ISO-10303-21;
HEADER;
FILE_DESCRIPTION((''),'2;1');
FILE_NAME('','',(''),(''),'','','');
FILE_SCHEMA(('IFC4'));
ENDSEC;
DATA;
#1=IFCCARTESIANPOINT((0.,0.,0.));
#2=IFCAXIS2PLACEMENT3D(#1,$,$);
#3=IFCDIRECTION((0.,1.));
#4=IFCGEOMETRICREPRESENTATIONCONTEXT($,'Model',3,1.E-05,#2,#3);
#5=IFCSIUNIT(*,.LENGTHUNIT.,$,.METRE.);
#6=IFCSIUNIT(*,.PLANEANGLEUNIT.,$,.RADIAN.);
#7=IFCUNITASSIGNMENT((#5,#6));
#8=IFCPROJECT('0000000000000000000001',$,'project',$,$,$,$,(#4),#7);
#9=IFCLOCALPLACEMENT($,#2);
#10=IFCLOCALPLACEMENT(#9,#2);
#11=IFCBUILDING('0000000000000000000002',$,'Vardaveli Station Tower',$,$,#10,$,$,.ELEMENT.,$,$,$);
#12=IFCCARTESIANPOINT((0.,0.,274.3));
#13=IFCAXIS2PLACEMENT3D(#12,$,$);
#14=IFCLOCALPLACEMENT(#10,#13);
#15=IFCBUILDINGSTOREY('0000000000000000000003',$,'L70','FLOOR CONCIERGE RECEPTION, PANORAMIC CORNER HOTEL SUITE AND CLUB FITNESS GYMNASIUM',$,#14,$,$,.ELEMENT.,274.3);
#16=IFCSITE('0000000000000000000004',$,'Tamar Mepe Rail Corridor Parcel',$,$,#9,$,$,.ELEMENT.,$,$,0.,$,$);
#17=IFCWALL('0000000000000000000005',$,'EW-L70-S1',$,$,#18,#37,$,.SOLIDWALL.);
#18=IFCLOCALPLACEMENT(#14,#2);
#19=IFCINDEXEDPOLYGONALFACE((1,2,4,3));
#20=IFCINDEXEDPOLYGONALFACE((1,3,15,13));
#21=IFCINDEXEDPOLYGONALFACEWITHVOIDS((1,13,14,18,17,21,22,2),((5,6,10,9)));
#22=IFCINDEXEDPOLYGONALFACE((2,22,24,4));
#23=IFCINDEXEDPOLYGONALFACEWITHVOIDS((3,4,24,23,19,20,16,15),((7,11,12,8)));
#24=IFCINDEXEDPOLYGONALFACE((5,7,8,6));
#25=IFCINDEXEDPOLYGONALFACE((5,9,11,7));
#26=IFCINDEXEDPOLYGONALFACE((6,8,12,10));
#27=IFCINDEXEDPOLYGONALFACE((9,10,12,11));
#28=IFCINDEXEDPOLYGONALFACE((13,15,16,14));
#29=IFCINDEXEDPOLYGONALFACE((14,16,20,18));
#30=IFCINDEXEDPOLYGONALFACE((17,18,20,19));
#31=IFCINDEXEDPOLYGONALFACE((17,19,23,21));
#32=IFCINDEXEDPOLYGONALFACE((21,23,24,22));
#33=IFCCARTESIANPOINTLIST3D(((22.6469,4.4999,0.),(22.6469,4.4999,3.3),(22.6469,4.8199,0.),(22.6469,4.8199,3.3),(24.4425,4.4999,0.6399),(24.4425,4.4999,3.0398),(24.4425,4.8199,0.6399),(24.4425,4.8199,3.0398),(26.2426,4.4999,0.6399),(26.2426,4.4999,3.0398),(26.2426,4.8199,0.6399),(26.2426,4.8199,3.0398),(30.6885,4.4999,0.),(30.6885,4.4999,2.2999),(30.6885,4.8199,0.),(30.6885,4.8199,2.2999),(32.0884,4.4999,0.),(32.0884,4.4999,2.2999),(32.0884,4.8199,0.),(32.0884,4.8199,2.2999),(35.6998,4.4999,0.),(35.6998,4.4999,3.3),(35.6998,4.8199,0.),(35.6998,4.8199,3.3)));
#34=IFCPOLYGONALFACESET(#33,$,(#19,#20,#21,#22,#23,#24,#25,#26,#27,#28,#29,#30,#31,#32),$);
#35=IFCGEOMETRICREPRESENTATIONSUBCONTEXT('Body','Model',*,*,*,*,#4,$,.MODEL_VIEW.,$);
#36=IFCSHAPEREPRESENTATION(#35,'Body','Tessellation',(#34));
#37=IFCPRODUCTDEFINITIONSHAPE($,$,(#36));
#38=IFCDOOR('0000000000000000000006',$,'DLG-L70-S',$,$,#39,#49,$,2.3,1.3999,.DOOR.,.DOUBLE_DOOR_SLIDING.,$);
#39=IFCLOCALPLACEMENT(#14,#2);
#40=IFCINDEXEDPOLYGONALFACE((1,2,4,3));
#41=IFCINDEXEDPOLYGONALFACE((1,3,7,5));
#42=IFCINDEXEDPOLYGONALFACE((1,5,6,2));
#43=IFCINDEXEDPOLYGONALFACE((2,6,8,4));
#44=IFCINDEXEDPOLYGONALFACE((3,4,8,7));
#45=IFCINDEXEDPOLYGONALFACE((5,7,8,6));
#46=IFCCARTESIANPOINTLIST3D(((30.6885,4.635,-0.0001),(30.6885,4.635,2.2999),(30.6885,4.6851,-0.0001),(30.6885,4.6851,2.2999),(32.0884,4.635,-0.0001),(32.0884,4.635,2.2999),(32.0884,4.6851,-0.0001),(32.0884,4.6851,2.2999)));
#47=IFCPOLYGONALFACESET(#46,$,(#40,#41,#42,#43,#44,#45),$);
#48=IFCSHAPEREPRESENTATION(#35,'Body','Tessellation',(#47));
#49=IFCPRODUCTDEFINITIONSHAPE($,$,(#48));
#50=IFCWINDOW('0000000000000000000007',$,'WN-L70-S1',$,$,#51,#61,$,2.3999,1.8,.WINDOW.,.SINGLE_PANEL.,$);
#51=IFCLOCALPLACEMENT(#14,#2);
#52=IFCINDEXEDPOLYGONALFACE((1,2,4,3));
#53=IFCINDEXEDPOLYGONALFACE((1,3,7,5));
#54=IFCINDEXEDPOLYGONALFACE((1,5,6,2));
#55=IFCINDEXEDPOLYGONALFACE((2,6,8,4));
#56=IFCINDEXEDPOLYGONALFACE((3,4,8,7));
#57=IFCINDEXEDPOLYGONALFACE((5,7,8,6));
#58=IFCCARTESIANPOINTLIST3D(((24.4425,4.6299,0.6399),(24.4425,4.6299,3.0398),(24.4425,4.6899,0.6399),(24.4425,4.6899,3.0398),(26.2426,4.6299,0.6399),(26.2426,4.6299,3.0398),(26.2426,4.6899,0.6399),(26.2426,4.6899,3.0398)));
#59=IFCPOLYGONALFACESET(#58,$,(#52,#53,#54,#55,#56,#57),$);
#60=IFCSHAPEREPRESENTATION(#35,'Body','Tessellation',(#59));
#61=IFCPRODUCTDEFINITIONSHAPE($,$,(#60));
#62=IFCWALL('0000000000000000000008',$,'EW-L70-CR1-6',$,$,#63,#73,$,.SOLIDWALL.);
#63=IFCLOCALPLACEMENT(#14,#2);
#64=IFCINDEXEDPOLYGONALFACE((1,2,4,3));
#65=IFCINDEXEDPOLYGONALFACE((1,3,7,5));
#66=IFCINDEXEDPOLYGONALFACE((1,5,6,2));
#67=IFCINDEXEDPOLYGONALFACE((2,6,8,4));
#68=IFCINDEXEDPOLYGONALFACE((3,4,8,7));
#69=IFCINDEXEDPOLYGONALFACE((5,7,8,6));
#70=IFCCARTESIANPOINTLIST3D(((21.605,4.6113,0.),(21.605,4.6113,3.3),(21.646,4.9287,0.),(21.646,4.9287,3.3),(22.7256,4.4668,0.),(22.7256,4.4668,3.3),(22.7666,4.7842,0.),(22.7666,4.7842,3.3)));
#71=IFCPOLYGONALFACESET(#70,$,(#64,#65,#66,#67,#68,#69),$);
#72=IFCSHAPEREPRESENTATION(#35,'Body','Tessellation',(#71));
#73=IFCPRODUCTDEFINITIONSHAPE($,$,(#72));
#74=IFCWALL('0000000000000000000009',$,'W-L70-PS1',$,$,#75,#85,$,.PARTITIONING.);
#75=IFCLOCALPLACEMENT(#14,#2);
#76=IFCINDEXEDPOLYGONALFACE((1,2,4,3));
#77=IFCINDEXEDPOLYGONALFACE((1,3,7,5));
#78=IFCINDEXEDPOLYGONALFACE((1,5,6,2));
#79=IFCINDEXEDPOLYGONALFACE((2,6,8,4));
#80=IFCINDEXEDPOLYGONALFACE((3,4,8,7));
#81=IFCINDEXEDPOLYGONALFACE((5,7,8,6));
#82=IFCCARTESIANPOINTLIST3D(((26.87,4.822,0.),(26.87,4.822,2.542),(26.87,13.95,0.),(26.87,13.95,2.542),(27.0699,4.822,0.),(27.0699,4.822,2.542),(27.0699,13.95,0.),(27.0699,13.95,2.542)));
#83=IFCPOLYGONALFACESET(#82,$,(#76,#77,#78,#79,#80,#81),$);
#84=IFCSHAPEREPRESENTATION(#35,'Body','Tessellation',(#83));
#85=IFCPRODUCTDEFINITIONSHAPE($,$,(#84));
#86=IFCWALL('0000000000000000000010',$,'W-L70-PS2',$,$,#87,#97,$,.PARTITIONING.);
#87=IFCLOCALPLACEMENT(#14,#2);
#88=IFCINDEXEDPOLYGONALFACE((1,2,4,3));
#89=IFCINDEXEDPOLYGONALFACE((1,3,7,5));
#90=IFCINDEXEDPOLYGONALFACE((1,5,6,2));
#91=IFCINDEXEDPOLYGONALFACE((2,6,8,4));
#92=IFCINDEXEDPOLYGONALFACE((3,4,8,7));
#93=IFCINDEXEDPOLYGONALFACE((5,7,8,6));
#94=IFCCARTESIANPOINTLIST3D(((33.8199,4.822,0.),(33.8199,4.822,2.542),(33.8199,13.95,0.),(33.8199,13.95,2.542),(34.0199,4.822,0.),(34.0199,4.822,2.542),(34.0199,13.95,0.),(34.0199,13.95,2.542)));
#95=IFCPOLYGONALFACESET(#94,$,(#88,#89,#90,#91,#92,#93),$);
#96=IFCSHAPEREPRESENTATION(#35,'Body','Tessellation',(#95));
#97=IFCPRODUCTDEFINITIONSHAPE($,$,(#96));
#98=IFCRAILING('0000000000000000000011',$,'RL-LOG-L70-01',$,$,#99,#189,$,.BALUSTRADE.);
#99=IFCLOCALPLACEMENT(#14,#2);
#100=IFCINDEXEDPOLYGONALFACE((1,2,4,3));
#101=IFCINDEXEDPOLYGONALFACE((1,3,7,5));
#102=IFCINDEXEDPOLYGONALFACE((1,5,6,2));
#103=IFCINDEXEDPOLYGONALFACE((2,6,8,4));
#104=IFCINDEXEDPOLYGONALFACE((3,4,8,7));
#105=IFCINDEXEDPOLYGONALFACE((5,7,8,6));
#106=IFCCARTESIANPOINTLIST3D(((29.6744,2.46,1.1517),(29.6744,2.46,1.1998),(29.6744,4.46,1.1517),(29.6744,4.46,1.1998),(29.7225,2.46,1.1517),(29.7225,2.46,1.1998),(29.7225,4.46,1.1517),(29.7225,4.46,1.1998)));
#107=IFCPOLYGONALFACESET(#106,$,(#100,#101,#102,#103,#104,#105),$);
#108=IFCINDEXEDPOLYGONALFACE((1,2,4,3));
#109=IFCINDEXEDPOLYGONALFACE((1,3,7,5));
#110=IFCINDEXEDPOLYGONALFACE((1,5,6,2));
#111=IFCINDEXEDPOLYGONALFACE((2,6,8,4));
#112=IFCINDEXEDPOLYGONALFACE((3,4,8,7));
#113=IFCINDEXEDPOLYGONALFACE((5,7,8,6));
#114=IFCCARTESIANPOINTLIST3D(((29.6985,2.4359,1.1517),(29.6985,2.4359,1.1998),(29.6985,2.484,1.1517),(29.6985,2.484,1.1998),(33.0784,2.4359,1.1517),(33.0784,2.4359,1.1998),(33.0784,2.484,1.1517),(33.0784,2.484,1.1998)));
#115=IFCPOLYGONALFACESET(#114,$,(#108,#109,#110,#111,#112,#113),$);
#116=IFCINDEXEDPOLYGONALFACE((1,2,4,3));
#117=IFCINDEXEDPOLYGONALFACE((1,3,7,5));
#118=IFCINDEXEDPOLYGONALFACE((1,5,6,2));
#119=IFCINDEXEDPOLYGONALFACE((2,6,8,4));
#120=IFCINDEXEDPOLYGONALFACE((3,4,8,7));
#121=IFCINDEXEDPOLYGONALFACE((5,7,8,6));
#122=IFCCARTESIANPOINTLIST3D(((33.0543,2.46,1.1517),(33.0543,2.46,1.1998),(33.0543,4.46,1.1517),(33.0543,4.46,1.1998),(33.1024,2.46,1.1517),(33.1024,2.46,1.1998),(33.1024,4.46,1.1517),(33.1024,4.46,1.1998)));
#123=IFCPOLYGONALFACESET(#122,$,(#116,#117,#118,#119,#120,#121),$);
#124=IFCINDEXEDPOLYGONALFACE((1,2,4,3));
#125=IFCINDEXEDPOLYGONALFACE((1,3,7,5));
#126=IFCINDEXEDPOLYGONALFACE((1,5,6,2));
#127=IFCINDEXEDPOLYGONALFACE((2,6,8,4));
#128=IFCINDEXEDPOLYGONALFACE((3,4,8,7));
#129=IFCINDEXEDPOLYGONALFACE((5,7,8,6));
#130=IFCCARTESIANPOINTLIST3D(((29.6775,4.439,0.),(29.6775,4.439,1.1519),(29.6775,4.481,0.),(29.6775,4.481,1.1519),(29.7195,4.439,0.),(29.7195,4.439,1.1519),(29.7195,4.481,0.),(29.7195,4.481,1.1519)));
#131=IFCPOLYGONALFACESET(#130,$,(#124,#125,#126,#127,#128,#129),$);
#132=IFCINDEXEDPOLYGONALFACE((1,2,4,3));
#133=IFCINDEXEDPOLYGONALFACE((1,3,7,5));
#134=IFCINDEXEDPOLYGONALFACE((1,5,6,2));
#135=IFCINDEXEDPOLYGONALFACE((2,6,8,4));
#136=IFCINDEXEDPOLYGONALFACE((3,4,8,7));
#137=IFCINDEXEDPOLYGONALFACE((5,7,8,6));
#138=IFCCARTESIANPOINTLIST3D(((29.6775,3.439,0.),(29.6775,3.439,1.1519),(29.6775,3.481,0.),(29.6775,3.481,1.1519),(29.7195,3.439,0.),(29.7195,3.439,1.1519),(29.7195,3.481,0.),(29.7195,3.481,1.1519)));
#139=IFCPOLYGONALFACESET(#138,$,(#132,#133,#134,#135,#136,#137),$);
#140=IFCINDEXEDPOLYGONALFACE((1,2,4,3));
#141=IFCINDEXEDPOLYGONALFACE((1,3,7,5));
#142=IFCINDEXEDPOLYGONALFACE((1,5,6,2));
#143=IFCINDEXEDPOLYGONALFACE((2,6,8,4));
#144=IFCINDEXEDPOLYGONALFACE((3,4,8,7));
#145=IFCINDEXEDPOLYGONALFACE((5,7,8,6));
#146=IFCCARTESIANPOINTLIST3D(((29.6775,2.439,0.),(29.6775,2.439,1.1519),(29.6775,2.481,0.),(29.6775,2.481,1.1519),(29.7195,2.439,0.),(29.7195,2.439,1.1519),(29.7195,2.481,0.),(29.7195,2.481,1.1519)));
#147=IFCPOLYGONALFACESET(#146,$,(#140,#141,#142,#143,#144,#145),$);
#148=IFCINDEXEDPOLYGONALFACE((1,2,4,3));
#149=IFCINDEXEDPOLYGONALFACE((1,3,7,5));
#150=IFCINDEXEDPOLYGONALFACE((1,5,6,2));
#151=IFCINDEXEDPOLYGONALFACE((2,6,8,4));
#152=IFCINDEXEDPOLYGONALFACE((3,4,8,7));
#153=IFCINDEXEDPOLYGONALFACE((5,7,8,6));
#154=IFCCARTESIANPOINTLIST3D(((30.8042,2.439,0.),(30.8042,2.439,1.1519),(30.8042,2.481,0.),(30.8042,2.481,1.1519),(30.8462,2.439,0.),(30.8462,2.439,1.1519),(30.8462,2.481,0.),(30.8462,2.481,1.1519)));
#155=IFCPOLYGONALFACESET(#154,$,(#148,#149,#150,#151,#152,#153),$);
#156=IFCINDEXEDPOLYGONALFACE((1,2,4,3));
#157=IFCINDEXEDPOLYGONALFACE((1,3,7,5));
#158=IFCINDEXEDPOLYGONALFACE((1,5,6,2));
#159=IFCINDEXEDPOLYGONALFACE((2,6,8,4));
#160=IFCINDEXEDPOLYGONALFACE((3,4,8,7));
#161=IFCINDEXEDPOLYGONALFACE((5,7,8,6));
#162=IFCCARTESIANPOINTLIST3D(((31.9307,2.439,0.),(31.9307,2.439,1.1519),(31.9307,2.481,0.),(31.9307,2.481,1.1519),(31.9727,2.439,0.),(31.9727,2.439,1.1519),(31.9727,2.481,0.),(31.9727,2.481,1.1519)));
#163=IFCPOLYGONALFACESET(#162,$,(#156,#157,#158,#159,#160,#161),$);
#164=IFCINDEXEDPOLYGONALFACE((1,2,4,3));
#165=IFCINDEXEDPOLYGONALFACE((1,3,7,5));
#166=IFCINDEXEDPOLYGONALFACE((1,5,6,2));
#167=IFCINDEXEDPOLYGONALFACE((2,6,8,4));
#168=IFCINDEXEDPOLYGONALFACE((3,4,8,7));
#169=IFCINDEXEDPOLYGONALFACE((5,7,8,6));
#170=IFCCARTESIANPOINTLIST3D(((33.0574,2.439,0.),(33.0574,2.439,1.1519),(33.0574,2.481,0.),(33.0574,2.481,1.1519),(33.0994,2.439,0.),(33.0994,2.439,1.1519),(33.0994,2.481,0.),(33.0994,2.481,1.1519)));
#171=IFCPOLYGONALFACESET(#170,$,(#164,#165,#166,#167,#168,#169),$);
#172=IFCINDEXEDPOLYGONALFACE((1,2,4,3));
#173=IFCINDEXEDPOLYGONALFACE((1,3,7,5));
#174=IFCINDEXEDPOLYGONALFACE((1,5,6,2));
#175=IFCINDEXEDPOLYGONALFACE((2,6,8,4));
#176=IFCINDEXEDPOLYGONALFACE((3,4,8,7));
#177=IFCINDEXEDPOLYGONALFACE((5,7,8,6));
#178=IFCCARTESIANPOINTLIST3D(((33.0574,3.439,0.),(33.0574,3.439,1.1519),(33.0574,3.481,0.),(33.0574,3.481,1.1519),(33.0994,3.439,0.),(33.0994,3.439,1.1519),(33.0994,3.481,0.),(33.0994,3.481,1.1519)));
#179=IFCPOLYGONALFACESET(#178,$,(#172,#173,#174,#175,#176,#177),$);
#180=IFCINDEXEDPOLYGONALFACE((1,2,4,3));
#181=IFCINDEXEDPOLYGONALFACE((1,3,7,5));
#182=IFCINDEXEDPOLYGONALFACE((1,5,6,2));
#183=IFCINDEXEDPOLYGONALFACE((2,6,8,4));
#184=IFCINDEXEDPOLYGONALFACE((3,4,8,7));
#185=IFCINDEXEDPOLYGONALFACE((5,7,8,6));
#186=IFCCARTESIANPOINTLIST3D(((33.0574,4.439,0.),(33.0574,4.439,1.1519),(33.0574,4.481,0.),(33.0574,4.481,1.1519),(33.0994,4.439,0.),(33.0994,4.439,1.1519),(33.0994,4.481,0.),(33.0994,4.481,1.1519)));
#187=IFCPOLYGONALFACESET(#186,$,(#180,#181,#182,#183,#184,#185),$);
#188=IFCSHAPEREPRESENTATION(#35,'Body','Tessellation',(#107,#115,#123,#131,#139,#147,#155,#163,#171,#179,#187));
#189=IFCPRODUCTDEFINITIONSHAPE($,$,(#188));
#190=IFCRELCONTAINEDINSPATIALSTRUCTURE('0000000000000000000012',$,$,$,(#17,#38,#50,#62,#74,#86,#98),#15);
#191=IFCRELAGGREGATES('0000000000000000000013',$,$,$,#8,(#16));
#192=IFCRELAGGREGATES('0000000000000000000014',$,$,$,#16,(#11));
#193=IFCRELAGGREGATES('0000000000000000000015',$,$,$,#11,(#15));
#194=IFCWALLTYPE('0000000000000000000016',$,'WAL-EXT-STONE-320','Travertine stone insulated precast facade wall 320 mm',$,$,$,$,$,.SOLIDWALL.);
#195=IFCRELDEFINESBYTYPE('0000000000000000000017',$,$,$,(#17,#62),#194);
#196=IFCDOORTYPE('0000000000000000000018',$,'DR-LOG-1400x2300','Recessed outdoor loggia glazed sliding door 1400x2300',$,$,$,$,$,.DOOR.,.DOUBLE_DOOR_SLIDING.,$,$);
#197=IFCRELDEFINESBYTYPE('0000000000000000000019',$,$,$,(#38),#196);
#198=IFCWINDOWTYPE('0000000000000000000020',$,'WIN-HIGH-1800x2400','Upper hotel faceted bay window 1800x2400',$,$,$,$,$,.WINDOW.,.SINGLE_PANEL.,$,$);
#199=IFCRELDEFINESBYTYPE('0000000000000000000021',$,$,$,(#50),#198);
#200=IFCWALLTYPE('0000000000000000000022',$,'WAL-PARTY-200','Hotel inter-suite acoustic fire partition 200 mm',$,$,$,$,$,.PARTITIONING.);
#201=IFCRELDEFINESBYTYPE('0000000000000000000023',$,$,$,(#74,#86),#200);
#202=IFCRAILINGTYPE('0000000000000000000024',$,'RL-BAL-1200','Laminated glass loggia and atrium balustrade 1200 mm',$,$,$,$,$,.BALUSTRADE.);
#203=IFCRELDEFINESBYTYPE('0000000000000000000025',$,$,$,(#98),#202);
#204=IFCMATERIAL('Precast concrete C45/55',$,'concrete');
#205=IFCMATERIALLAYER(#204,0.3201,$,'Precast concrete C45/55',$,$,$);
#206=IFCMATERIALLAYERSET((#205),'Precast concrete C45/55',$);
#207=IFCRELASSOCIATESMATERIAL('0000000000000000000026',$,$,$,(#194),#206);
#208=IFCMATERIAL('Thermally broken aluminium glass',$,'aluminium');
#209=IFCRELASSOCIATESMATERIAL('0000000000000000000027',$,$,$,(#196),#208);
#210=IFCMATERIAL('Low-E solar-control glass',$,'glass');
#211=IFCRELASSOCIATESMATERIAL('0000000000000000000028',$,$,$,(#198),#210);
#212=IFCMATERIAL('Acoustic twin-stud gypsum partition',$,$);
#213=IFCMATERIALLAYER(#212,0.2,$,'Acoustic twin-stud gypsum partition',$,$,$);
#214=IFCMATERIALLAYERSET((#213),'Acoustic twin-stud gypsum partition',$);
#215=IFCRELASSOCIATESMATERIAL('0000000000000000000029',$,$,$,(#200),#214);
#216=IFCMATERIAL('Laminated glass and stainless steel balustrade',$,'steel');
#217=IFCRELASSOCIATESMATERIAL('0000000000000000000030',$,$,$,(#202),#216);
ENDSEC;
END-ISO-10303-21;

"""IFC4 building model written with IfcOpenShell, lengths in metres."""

from ifc_helpers import new_model, si_unit, direction, frame, frame_2d, origin, origin_2d, place, context, subcontext, project, spatial, rectangle, extrude, source, transform, mapped, material, layer, layer_set, type_object, element, fill, save


model = new_model("IFC4")

# Units and contexts
model_context = context("Model", 3, precision=1e-05, world=origin(), true_north=direction((0.0, 1.0)))
body_context = subcontext(model_context, "Body", "Model", "MODEL_VIEW")
ifc_project = project(units=[si_unit("LENGTHUNIT", "METRE"), si_unit("PLANEANGLEUNIT", "RADIAN")], contexts=[model_context])

# Site, building, storey
site_placement = place(None, origin())
site = spatial("IfcSite", under=ifc_project, at=site_placement, Name="Tamar Mepe Rail Corridor Parcel", CompositionType="ELEMENT", RefElevation=0.0)
building_placement = place(site_placement, origin())
building = spatial("IfcBuilding", under=site, at=building_placement, Name="Vardaveli Station Tower", CompositionType="ELEMENT")
storey_placement = place(building_placement, frame((0.0, 0.0, 274.3)))
storey = spatial("IfcBuildingStorey", under=building, at=storey_placement, Name="L70", Description="FLOOR CONCIERGE RECEPTION, PANORAMIC CORNER HOTEL SUITE AND CLUB FITNESS GYMNASIUM", CompositionType="ELEMENT", Elevation=274.3)

# Shared definitions
ifc_material_1 = material(Name="Precast concrete C45/55", Category="concrete")

# Wall, openings, door, window
ifc_layer_1 = layer(ifc_material_1, 0.3201, Name="Precast concrete C45/55")
ifc_layer_set_1 = layer_set([ifc_layer_1], Name="Precast concrete C45/55")
wall_type_1 = type_object("IfcWallType", Name="WAL-EXT-STONE-320", Description="Travertine stone insulated precast facade wall 320 mm", PredefinedType="SOLIDWALL", material=ifc_layer_set_1)
shared_shape_1 = source(origin(), body_context, "Body", "SweptSolid", [
    extrude(rectangle(XDim=13.053, YDim=0.3201, at=frame_2d((6.5264, 0.0))), origin(), (0.0, 0.0, 1.0), 3.3),
])
wall_1_placement = place(storey_placement, frame((22.647, 4.6599, 0.0), z_axis=(0.0, 0.0, 1.0), x_axis=(1.0, 0.0, 0.0)))
wall_1 = element("IfcWall", 1, at=wall_1_placement, inside=storey, type_object=wall_type_1, Name="EW-L70-S1", PredefinedType="SOLIDWALL", context=body_context, shape_type="MappedRepresentation", body=[
    mapped(shared_shape_1, transform((0.0, 0.0, 0.0), scale=1.0)),
])
shared_shape_2 = source(origin(), body_context, "Body", "SweptSolid", [
    extrude(rectangle(XDim=1.3999, YDim=2.3, at=frame_2d((0.7, 1.1499))), frame((0.0, 0.1699, 0.0), z_axis=(0.0, -1.0, 0.0), x_axis=(1.0, 0.0, 0.0)), (0.0, 0.0, 1.0), 0.3401),
])
opening_1_placement = place(wall_1_placement, frame((8.0415, 0.0, 0.0)))
opening_1 = element("IfcOpeningElement", 2, at=opening_1_placement, cuts=wall_1, PredefinedType="OPENING", context=body_context, shape_type="MappedRepresentation", body=[
    mapped(shared_shape_2, transform((0.0, 0.0, 0.0), scale=1.0)),
])
shared_shape_3 = source(origin(), body_context, "Body", "SweptSolid", [
    extrude(rectangle(XDim=1.8, YDim=2.3999, at=frame_2d((0.8999, 1.2))), frame((0.0, 0.1699, 0.0), z_axis=(0.0, -1.0, 0.0), x_axis=(1.0, 0.0, 0.0)), (0.0, 0.0, 1.0), 0.3401),
])
opening_2_placement = place(wall_1_placement, frame((1.7957, 0.0, 0.6399)))
opening_2 = element("IfcOpeningElement", 3, at=opening_2_placement, cuts=wall_1, PredefinedType="OPENING", context=body_context, shape_type="MappedRepresentation", body=[
    mapped(shared_shape_3, transform((0.0, 0.0, 0.0), scale=1.0)),
])
ifc_material_2 = material(Name="Thermally broken aluminium glass", Category="aluminium")
door_type = type_object("IfcDoorType", Name="DR-LOG-1400x2300", Description="Recessed outdoor loggia glazed sliding door 1400x2300", OperationType="DOUBLE_DOOR_SLIDING", PredefinedType="DOOR", material=ifc_material_2)
shared_shape_4 = source(origin(), body_context, "Body", "SweptSolid", [
    extrude(rectangle(XDim=1.3999, YDim=2.3, at=frame_2d((0.7, 1.1499))), frame((0.0, 0.0249, 0.0), z_axis=(0.0, -1.0, 0.0), x_axis=(1.0, 0.0, 0.0)), (0.0, 0.0, 1.0), 0.05),
])
door_placement = place(opening_1_placement, frame((1.3999, 0.0, 0.0), z_axis=(0.0, 0.0, 1.0), x_axis=(-1.0, 0.0, 0.0)))
door = element("IfcDoor", 4, at=door_placement, inside=storey, type_object=door_type, Name="DLG-L70-S", OperationType="DOUBLE_DOOR_SLIDING", OverallHeight=2.3, OverallWidth=1.3999, PredefinedType="DOOR", context=body_context, shape_type="MappedRepresentation", body=[
    mapped(shared_shape_4, transform((0.0, 0.0, 0.0), scale=1.0)),
])
fill(opening_1, door)
ifc_material_3 = material(Name="Low-E solar-control glass", Category="glass")
window_type = type_object("IfcWindowType", Name="WIN-HIGH-1800x2400", Description="Upper hotel faceted bay window 1800x2400", PartitioningType="SINGLE_PANEL", PredefinedType="WINDOW", material=ifc_material_3)
shared_shape_5 = source(origin(), body_context, "Body", "SweptSolid", [
    extrude(rectangle(XDim=1.8, YDim=2.3999, at=frame_2d((0.8999, 1.2))), frame((0.0, 0.03, 0.0), z_axis=(0.0, -1.0, 0.0), x_axis=(1.0, 0.0, 0.0)), (0.0, 0.0, 1.0), 0.0601),
])
window_placement = place(opening_2_placement, origin())
window = element("IfcWindow", 5, at=window_placement, inside=storey, type_object=window_type, Name="WN-L70-S1", OverallHeight=2.3999, OverallWidth=1.8, PartitioningType="SINGLE_PANEL", PredefinedType="WINDOW", context=body_context, shape_type="MappedRepresentation", body=[
    mapped(shared_shape_5, transform((0.0, 0.0, 0.0), scale=1.0)),
])
fill(opening_2, window)

# Walls
shared_shape_6 = source(origin(), body_context, "Body", "SweptSolid", [
    extrude(rectangle(XDim=1.1299, YDim=0.3201, at=frame_2d((0.5649, 0.0))), origin(), (0.0, 0.0, 1.0), 3.3),
])
wall_2_placement = place(storey_placement, frame((21.6255, 4.77, 0.0), z_axis=(0.0, 0.0, 1.0), x_axis=(0.991785, -0.127916, 0.0)))
element("IfcWall", 6, at=wall_2_placement, inside=storey, type_object=wall_type_1, Name="EW-L70-CR1-6", PredefinedType="SOLIDWALL", context=body_context, shape_type="MappedRepresentation", body=[
    mapped(shared_shape_6, transform((0.0, 0.0, 0.0), scale=1.0)),
])
ifc_material_4 = material(Name="Acoustic twin-stud gypsum partition")
ifc_layer_2 = layer(ifc_material_4, 0.2, Name="Acoustic twin-stud gypsum partition")
ifc_layer_set_2 = layer_set([ifc_layer_2], Name="Acoustic twin-stud gypsum partition")
wall_type_2 = type_object("IfcWallType", Name="WAL-PARTY-200", Description="Hotel inter-suite acoustic fire partition 200 mm", PredefinedType="PARTITIONING", material=ifc_layer_set_2)
shared_shape_7 = source(origin(), body_context, "Body", "SweptSolid", [
    extrude(rectangle(XDim=9.1279, YDim=0.2, at=frame_2d((4.564, 0.0))), origin(), (0.0, 0.0, 1.0), 2.542),
])
for number, where, z_axis, x_axis, name in (
    (7, (26.97, 4.822, 0.0), (0.0, 0.0, 1.0), (0.0, 1.0, 0.0), "W-L70-PS1"),
    (8, (33.9199, 4.822, 0.0), (0.0, 0.0, 1.0), (0.0, 1.0, 0.0), "W-L70-PS2"),
):
    element("IfcWall", number, at=place(storey_placement, frame(where, z_axis=z_axis, x_axis=x_axis)), inside=storey, type_object=wall_type_2, Name=name, PredefinedType="PARTITIONING", context=body_context, shape_type="MappedRepresentation", body=[
        mapped(shared_shape_7, transform((0.0, 0.0, 0.0), scale=1.0)),
    ])

# Railing
ifc_material_5 = material(Name="Laminated glass and stainless steel balustrade", Category="steel")
railing_type = type_object("IfcRailingType", Name="RL-BAL-1200", Description="Laminated glass loggia and atrium balustrade 1200 mm", PredefinedType="BALUSTRADE", material=ifc_material_5)
shared_shape_8 = source(origin(), body_context, "Body", "SweptSolid", [
    extrude(rectangle(XDim=0.0481, YDim=0.0481, at=origin_2d()), frame((0.0, 0.0, 1.1758), z_axis=(0.0, -1.0, 0.0), x_axis=(1.0, 0.0, 0.0)), (0.0, 0.0, 1.0), 2.0),
    extrude(rectangle(XDim=0.0481, YDim=0.0481, at=origin_2d()), frame((0.0, -2.0, 1.1758), z_axis=(1.0, 0.0, 0.0), x_axis=(0.0, 1.0, 0.0)), (0.0, 0.0, 1.0), 3.3799),
    extrude(rectangle(XDim=0.0481, YDim=0.0481, at=origin_2d()), frame((3.3799, -2.0, 1.1758), z_axis=(0.0, 1.0, 0.0), x_axis=(-1.0, 0.0, 0.0)), (0.0, 0.0, 1.0), 2.0),
    extrude(rectangle(XDim=0.042, YDim=0.042, at=origin_2d()), origin(), (0.0, 0.0, 1.0), 1.1519),
    extrude(rectangle(XDim=0.042, YDim=0.042, at=origin_2d()), frame((0.0, -1.0, 0.0)), (0.0, 0.0, 1.0), 1.1519),
    extrude(rectangle(XDim=0.042, YDim=0.042, at=origin_2d()), frame((0.0, -2.0, 0.0)), (0.0, 0.0, 1.0), 1.1519),
    extrude(rectangle(XDim=0.042, YDim=0.042, at=origin_2d()), frame((1.1267, -2.0, 0.0)), (0.0, 0.0, 1.0), 1.1519),
    extrude(rectangle(XDim=0.042, YDim=0.042, at=origin_2d()), frame((2.2532, -2.0, 0.0)), (0.0, 0.0, 1.0), 1.1519),
    extrude(rectangle(XDim=0.042, YDim=0.042, at=origin_2d()), frame((3.3799, -2.0, 0.0)), (0.0, 0.0, 1.0), 1.1519),
    extrude(rectangle(XDim=0.042, YDim=0.042, at=origin_2d()), frame((3.3799, -1.0, 0.0)), (0.0, 0.0, 1.0), 1.1519),
    extrude(rectangle(XDim=0.042, YDim=0.042, at=origin_2d()), frame((3.3799, 0.0, 0.0)), (0.0, 0.0, 1.0), 1.1519),
])
railing_placement = place(storey_placement, frame((29.6985, 4.46, 0.0)))
element("IfcRailing", 9, at=railing_placement, inside=storey, type_object=railing_type, Name="RL-LOG-L70-01", PredefinedType="BALUSTRADE", context=body_context, shape_type="MappedRepresentation", body=[
    mapped(shared_shape_8, transform((0.0, 0.0, 0.0), scale=1.0)),
])

save(model, "model.ifc")
